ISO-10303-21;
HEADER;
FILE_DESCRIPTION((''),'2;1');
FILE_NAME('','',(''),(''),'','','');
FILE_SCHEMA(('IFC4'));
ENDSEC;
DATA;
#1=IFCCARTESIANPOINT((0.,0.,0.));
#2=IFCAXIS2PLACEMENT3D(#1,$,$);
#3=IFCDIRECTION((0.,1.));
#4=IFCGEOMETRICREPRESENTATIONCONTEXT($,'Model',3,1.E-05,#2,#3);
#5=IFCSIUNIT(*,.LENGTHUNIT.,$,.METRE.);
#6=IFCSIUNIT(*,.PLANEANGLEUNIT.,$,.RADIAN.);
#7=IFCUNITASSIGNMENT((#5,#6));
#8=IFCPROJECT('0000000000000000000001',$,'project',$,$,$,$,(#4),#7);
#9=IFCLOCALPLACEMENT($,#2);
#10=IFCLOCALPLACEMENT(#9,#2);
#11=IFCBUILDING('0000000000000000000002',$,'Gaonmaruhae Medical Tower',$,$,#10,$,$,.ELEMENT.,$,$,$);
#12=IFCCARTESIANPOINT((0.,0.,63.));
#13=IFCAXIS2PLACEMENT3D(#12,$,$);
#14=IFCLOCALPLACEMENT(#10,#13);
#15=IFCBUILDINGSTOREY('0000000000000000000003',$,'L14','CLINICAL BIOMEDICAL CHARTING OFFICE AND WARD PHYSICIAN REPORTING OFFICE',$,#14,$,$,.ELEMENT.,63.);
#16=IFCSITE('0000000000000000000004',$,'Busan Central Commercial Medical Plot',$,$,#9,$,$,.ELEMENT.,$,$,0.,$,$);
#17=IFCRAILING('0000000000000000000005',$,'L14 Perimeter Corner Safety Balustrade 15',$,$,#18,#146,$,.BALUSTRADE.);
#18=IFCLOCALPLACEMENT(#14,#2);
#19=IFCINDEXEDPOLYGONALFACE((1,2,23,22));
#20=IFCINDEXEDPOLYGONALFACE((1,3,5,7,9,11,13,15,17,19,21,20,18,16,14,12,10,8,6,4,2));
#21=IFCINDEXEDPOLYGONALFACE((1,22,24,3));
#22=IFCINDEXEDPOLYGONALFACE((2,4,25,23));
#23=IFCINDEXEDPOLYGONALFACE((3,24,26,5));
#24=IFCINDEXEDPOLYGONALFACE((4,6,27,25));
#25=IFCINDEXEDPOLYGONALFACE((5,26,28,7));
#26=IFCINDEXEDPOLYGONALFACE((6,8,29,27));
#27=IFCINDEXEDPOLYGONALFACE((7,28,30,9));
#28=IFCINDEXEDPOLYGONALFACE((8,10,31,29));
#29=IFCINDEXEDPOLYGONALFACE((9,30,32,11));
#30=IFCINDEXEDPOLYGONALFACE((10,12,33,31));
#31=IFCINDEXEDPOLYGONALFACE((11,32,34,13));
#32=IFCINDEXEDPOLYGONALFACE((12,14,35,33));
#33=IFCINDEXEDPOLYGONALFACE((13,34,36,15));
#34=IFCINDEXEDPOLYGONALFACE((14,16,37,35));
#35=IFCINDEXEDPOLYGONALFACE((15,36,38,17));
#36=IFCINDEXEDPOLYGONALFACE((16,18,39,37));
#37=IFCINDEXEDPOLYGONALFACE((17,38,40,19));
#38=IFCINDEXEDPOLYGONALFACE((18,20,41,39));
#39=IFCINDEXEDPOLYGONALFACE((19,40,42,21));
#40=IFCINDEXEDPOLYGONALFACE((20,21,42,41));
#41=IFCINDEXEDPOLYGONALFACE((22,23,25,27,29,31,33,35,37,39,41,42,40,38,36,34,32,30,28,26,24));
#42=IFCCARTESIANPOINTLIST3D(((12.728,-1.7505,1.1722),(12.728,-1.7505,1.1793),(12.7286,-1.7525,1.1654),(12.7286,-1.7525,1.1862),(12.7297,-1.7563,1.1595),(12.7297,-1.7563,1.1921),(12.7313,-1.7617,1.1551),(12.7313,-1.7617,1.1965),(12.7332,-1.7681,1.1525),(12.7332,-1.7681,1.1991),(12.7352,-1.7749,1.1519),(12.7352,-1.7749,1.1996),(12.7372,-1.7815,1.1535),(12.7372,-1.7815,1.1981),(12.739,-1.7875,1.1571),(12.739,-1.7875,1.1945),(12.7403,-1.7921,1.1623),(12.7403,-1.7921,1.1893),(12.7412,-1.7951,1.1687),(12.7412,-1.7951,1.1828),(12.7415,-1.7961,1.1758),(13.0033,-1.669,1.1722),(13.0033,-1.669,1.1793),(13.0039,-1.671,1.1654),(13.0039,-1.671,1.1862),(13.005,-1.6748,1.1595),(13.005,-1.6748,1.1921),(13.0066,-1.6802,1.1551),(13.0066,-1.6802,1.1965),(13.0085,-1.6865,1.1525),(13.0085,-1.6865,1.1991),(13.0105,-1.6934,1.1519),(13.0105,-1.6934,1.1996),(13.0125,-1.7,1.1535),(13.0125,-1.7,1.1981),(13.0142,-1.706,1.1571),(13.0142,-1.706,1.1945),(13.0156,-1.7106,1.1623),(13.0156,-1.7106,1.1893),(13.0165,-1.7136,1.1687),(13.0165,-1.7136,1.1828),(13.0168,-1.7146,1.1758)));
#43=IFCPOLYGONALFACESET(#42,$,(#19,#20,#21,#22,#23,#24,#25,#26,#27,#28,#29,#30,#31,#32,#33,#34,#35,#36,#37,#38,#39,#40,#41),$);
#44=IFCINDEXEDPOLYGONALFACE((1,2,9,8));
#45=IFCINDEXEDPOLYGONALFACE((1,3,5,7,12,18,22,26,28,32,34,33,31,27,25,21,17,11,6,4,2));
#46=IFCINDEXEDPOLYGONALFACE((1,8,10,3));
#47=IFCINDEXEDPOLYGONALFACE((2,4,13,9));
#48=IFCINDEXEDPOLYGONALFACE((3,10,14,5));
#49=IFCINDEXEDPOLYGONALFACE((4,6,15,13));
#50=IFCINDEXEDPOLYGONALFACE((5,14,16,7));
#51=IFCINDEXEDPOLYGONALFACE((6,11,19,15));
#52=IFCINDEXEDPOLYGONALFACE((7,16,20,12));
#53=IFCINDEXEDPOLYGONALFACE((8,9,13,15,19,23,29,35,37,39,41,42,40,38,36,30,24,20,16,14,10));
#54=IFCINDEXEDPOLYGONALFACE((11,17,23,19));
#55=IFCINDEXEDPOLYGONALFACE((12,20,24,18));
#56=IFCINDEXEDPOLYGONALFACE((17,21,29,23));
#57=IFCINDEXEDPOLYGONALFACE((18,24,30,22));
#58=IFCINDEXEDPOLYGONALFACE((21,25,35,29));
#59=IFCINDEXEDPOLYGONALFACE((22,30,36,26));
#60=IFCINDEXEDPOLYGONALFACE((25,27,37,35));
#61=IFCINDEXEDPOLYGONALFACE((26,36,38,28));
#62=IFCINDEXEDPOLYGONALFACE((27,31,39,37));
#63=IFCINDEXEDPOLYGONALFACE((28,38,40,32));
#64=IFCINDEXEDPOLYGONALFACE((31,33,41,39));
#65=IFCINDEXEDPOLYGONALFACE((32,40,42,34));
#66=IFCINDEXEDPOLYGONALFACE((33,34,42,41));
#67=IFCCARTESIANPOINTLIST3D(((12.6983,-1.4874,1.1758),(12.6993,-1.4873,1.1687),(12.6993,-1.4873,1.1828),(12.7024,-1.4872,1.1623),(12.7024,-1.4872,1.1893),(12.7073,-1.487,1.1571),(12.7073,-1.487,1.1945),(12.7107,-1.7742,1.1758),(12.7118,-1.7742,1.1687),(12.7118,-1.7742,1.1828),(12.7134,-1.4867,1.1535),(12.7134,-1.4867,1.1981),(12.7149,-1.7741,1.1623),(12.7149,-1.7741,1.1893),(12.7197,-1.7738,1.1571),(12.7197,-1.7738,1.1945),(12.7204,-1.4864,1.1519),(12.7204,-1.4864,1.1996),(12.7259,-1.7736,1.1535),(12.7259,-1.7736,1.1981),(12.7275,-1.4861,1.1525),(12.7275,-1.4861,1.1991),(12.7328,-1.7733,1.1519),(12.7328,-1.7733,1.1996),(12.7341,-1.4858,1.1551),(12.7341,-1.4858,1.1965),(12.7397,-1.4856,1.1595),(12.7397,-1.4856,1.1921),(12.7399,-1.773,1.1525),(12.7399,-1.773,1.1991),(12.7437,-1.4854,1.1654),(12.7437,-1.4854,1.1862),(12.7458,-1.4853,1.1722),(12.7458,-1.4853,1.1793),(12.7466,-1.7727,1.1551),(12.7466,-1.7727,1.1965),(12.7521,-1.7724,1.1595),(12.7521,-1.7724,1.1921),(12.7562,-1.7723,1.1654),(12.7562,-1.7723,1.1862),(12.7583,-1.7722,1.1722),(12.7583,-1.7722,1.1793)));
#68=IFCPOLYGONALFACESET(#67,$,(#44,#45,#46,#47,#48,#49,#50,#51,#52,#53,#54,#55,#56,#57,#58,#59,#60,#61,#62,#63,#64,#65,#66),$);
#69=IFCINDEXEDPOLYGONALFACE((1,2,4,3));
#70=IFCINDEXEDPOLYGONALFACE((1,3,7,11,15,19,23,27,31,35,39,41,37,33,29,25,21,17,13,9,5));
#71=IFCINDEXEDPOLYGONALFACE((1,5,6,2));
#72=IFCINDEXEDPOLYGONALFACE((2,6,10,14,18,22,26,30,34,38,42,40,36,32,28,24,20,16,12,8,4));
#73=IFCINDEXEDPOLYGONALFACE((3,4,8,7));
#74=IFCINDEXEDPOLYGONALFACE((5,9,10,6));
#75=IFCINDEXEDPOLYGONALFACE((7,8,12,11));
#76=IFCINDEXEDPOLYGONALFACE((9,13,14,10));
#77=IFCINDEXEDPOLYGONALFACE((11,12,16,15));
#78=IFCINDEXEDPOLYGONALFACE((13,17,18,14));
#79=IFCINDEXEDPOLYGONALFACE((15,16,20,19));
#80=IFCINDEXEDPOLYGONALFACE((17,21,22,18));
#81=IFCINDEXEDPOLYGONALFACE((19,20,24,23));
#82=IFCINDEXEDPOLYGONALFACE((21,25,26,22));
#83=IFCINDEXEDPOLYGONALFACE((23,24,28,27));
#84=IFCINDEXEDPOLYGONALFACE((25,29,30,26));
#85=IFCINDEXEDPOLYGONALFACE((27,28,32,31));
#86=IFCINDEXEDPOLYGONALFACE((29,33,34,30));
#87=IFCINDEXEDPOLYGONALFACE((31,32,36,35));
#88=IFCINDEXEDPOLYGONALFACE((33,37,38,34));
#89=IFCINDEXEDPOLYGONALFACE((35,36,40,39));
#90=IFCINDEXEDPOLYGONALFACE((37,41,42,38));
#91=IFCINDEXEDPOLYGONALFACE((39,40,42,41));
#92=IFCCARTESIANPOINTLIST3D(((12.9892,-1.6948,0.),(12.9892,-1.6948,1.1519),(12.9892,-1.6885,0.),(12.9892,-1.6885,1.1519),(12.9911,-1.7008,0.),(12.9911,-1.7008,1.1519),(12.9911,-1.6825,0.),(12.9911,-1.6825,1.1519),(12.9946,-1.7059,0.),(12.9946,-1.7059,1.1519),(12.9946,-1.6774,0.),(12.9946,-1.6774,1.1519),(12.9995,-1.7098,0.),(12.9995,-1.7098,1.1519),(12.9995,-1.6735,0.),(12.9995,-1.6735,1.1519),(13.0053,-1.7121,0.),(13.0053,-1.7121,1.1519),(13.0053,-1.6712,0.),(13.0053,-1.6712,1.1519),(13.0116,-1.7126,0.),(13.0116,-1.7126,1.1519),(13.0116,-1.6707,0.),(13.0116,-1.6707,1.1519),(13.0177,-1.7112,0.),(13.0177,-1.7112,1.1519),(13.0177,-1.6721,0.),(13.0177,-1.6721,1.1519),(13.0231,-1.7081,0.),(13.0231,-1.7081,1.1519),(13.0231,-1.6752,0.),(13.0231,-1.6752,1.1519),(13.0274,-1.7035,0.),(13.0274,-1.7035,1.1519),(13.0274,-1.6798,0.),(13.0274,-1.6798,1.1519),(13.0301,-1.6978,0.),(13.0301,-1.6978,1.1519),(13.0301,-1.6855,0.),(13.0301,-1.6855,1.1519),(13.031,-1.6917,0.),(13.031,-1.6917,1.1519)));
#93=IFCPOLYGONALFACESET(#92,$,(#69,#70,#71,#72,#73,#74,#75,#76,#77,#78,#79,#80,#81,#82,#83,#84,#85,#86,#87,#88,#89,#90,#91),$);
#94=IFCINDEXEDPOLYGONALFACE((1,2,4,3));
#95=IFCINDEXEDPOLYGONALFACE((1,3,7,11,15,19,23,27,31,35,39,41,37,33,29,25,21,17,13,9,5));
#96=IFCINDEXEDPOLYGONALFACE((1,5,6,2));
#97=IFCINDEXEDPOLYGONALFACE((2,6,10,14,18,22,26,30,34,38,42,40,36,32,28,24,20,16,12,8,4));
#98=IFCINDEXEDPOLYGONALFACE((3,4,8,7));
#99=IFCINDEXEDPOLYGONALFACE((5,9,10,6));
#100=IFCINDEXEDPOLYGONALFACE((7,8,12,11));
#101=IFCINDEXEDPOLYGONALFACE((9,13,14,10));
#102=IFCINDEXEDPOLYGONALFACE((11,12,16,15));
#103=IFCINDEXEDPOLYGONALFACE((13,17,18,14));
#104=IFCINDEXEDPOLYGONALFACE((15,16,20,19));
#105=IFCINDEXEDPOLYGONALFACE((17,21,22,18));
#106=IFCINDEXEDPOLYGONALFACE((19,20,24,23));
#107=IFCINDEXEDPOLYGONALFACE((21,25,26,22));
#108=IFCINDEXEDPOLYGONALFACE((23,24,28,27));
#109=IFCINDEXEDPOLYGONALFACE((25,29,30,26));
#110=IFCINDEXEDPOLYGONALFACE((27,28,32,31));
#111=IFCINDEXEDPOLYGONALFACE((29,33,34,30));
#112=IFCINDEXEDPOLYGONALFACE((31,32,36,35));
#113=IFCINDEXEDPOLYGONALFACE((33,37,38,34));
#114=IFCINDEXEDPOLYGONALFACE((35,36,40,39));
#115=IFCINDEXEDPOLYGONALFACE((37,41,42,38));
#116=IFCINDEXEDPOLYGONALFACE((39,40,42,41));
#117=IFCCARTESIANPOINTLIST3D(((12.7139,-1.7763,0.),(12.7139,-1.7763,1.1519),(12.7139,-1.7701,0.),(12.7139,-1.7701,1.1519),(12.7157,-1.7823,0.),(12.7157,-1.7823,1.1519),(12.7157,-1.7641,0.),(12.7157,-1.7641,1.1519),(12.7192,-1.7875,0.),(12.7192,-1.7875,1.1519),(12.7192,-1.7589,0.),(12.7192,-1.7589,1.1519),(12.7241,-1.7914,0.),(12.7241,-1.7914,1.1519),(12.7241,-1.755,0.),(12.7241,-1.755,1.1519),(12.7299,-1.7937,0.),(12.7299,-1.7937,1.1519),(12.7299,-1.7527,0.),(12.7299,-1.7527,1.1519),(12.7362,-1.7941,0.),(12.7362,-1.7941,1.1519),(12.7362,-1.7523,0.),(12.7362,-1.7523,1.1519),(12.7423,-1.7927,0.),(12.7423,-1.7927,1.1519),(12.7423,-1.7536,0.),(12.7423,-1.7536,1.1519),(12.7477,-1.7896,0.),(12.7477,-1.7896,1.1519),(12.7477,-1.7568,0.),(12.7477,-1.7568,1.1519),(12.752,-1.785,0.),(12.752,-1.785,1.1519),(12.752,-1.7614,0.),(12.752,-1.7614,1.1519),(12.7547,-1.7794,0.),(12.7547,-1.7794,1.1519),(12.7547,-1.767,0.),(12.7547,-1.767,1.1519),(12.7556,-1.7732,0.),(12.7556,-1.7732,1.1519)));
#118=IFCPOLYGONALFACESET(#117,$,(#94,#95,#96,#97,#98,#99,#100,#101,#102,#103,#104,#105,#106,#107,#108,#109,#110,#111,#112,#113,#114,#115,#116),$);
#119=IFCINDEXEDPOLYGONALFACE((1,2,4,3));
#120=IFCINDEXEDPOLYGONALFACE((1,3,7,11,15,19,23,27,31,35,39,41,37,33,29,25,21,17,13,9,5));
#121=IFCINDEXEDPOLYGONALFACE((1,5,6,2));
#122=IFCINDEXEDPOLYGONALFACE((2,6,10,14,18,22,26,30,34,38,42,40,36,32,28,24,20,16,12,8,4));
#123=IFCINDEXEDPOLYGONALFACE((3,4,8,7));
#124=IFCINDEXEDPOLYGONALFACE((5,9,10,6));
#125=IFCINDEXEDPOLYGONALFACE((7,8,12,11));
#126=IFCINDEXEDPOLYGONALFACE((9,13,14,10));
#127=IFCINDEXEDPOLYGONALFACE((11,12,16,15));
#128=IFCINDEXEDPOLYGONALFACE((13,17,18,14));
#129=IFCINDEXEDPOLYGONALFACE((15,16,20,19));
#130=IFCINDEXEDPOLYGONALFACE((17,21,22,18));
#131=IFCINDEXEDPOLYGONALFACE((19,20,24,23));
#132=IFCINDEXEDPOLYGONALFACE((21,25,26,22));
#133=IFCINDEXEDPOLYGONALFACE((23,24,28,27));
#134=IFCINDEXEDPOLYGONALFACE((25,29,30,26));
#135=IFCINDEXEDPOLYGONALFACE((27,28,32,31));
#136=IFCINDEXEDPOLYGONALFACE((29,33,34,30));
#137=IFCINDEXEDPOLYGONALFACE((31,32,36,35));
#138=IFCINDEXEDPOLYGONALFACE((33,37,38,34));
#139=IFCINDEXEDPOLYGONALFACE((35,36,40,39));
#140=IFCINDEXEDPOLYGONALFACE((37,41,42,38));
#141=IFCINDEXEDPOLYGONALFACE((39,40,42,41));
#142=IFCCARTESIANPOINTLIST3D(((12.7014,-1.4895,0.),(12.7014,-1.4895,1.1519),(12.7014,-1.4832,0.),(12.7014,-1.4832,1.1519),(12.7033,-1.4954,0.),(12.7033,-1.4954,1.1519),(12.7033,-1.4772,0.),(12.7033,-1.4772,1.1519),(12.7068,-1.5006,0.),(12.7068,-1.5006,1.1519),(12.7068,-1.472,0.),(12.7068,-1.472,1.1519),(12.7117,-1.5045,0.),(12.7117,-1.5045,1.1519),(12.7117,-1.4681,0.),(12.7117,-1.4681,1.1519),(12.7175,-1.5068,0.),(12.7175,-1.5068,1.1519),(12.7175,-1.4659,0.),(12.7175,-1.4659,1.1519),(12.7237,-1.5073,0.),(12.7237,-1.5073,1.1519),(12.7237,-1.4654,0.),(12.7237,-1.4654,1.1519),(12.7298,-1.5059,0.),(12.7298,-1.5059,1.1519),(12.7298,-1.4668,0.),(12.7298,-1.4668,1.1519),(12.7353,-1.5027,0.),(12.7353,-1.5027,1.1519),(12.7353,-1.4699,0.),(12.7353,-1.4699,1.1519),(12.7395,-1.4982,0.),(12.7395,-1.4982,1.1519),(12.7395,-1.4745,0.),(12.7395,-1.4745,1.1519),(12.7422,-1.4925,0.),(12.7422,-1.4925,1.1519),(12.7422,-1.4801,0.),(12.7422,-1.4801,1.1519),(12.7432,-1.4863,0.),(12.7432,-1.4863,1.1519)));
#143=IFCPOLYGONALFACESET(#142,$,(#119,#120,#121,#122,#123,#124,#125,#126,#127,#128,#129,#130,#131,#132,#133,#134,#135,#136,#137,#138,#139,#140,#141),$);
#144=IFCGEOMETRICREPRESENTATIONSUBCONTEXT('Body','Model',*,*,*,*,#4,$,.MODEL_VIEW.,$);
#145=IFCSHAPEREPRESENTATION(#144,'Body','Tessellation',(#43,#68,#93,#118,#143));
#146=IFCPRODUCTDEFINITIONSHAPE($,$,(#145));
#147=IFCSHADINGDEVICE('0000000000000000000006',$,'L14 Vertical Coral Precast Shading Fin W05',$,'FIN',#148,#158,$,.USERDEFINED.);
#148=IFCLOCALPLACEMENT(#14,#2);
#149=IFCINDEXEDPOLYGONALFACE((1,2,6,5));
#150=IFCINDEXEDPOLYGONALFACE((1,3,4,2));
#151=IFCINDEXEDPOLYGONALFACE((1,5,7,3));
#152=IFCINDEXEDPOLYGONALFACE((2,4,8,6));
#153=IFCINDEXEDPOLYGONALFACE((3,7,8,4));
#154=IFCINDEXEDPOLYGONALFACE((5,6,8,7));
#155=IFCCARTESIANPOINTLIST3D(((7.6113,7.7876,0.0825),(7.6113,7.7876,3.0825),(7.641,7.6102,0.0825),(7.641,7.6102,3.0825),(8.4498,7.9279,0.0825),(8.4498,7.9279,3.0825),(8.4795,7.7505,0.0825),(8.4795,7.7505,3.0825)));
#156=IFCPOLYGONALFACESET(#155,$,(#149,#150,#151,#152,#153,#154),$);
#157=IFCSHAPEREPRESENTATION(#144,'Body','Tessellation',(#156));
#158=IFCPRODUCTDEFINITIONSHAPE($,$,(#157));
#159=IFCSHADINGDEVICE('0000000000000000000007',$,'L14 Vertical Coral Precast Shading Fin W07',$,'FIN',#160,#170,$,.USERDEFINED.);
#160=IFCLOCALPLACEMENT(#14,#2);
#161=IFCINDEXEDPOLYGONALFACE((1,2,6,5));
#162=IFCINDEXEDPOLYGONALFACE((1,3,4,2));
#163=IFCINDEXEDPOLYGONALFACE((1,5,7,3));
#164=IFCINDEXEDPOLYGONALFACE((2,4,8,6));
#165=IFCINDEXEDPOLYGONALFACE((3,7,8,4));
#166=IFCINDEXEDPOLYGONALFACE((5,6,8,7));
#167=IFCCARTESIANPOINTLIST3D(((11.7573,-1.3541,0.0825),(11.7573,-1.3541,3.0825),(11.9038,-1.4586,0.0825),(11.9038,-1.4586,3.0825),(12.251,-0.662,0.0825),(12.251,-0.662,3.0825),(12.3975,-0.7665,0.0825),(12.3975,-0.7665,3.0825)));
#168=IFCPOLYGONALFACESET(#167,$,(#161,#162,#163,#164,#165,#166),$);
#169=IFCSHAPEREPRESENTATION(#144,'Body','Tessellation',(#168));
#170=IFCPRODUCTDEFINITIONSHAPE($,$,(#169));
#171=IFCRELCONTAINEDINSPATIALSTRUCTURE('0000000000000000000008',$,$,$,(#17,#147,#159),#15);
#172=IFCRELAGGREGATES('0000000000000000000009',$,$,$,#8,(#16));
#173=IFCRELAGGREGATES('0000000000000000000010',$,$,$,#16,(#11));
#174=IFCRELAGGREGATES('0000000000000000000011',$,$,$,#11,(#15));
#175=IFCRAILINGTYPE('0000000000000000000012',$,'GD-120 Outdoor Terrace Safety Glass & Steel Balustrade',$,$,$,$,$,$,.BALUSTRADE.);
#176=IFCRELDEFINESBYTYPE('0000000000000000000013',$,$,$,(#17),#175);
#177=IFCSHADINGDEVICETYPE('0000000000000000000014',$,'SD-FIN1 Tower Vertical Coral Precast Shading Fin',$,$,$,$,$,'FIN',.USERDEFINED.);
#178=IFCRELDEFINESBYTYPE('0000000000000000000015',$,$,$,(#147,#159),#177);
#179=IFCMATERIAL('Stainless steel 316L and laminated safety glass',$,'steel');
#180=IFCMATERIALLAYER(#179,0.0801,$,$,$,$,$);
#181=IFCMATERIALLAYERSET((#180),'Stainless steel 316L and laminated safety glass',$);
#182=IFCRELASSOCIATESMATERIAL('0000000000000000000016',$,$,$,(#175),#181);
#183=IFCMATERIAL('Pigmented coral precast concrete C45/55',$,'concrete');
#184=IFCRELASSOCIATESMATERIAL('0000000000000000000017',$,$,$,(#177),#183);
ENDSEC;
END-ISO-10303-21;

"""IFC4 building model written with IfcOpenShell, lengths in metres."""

from ifc_helpers import new_model, si_unit, direction, frame, origin, origin_2d, place, context, subcontext, project, spatial, rectangle, circle, extrude, material, layer, layer_set, type_object, element, save


model = new_model("IFC4")

# Units and contexts
model_context = context("Model", 3, precision=1e-05, world=origin(), true_north=direction((0.0, 1.0)))
body_context = subcontext(model_context, "Body", "Model", "MODEL_VIEW")
ifc_project = project(units=[si_unit("LENGTHUNIT", "METRE"), si_unit("PLANEANGLEUNIT", "RADIAN")], contexts=[model_context])

# Site, building, storey
site_placement = place(None, origin())
site = spatial("IfcSite", under=ifc_project, at=site_placement, Name="Busan Central Commercial Medical Plot", CompositionType="ELEMENT", RefElevation=0.0)
building_placement = place(site_placement, origin())
building = spatial("IfcBuilding", under=site, at=building_placement, Name="Gaonmaruhae Medical Tower", CompositionType="ELEMENT")
storey_placement = place(building_placement, frame((0.0, 0.0, 63.0)))
storey = spatial("IfcBuildingStorey", under=building, at=storey_placement, Name="L14", Description="CLINICAL BIOMEDICAL CHARTING OFFICE AND WARD PHYSICIAN REPORTING OFFICE", CompositionType="ELEMENT", Elevation=63.0)

# Railing
ifc_material_1 = material(Name="Stainless steel 316L and laminated safety glass", Category="steel")
ifc_layer_1 = layer(ifc_material_1, 0.0801)
ifc_layer_set_1 = layer_set([ifc_layer_1], Name="Stainless steel 316L and laminated safety glass")
railing_type = type_object("IfcRailingType", Name="GD-120 Outdoor Terrace Safety Glass & Steel Balustrade", PredefinedType="BALUSTRADE", material=ifc_layer_set_1)
railing_1_placement = place(storey_placement, frame((13.01, -1.6917, 0.0)))
element("IfcRailing", 1, at=railing_1_placement, inside=storey, type_object=railing_type, Name="L14 Perimeter Corner Safety Balustrade 15", PredefinedType="BALUSTRADE", context=body_context, shape_type="SweptSolid", body=[
    extrude(circle(Radius=0.0239, at=origin_2d()), frame((0.0, 0.0, 1.1758), z_axis=(-0.95885, -0.283915, 0.0), x_axis=(0.283915, -0.95885, 0.0)), (0.0, 0.0, 1.0), 0.2871),
    extrude(circle(Radius=0.0239, at=origin_2d()), frame((-0.2754, -0.0815, 1.1758), z_axis=(-0.043363, 0.999059, 0.0), x_axis=(-0.999059, -0.043363, 0.0)), (0.0, 0.0, 1.0), 0.2871),
    extrude(circle(Radius=0.021, at=origin_2d()), origin(), (0.0, 0.0, 1.0), 1.1519),
    extrude(circle(Radius=0.021, at=origin_2d()), frame((-0.2754, -0.0815, 0.0)), (0.0, 0.0, 1.0), 1.1519),
    extrude(circle(Radius=0.021, at=origin_2d()), frame((-0.2878, 0.2053, 0.0)), (0.0, 0.0, 1.0), 1.1519),
])

# Shading devices
ifc_material_2 = material(Name="Pigmented coral precast concrete C45/55", Category="concrete")
shading_device_type = type_object("IfcShadingDeviceType", Name="SD-FIN1 Tower Vertical Coral Precast Shading Fin", ElementType="FIN", PredefinedType="USERDEFINED", material=ifc_material_2)
for number, where, z_axis, x_axis, name in (
    (2, (8.0454, 7.769, 0.0825), (0.0, 0.0, 1.0), (-0.165048, 0.986286, 0.0), "L14 Vertical Coral Precast Shading Fin W05"),
    (3, (12.0774, -1.0603, 0.0825), (0.0, 0.0, 1.0), (-0.814105, 0.580717, 0.0), "L14 Vertical Coral Precast Shading Fin W07"),
):
    element("IfcShadingDevice", number, at=place(storey_placement, frame(where, z_axis=z_axis, x_axis=x_axis)), inside=storey, type_object=shading_device_type, Name=name, ObjectType="FIN", PredefinedType="USERDEFINED", context=body_context, shape_type="SweptSolid", body=[
        extrude(rectangle(XDim=0.1799, YDim=0.8501, at=origin_2d()), origin(), (0.0, 0.0, 1.0), 3.0),
    ])

save(model, "model.ifc")
